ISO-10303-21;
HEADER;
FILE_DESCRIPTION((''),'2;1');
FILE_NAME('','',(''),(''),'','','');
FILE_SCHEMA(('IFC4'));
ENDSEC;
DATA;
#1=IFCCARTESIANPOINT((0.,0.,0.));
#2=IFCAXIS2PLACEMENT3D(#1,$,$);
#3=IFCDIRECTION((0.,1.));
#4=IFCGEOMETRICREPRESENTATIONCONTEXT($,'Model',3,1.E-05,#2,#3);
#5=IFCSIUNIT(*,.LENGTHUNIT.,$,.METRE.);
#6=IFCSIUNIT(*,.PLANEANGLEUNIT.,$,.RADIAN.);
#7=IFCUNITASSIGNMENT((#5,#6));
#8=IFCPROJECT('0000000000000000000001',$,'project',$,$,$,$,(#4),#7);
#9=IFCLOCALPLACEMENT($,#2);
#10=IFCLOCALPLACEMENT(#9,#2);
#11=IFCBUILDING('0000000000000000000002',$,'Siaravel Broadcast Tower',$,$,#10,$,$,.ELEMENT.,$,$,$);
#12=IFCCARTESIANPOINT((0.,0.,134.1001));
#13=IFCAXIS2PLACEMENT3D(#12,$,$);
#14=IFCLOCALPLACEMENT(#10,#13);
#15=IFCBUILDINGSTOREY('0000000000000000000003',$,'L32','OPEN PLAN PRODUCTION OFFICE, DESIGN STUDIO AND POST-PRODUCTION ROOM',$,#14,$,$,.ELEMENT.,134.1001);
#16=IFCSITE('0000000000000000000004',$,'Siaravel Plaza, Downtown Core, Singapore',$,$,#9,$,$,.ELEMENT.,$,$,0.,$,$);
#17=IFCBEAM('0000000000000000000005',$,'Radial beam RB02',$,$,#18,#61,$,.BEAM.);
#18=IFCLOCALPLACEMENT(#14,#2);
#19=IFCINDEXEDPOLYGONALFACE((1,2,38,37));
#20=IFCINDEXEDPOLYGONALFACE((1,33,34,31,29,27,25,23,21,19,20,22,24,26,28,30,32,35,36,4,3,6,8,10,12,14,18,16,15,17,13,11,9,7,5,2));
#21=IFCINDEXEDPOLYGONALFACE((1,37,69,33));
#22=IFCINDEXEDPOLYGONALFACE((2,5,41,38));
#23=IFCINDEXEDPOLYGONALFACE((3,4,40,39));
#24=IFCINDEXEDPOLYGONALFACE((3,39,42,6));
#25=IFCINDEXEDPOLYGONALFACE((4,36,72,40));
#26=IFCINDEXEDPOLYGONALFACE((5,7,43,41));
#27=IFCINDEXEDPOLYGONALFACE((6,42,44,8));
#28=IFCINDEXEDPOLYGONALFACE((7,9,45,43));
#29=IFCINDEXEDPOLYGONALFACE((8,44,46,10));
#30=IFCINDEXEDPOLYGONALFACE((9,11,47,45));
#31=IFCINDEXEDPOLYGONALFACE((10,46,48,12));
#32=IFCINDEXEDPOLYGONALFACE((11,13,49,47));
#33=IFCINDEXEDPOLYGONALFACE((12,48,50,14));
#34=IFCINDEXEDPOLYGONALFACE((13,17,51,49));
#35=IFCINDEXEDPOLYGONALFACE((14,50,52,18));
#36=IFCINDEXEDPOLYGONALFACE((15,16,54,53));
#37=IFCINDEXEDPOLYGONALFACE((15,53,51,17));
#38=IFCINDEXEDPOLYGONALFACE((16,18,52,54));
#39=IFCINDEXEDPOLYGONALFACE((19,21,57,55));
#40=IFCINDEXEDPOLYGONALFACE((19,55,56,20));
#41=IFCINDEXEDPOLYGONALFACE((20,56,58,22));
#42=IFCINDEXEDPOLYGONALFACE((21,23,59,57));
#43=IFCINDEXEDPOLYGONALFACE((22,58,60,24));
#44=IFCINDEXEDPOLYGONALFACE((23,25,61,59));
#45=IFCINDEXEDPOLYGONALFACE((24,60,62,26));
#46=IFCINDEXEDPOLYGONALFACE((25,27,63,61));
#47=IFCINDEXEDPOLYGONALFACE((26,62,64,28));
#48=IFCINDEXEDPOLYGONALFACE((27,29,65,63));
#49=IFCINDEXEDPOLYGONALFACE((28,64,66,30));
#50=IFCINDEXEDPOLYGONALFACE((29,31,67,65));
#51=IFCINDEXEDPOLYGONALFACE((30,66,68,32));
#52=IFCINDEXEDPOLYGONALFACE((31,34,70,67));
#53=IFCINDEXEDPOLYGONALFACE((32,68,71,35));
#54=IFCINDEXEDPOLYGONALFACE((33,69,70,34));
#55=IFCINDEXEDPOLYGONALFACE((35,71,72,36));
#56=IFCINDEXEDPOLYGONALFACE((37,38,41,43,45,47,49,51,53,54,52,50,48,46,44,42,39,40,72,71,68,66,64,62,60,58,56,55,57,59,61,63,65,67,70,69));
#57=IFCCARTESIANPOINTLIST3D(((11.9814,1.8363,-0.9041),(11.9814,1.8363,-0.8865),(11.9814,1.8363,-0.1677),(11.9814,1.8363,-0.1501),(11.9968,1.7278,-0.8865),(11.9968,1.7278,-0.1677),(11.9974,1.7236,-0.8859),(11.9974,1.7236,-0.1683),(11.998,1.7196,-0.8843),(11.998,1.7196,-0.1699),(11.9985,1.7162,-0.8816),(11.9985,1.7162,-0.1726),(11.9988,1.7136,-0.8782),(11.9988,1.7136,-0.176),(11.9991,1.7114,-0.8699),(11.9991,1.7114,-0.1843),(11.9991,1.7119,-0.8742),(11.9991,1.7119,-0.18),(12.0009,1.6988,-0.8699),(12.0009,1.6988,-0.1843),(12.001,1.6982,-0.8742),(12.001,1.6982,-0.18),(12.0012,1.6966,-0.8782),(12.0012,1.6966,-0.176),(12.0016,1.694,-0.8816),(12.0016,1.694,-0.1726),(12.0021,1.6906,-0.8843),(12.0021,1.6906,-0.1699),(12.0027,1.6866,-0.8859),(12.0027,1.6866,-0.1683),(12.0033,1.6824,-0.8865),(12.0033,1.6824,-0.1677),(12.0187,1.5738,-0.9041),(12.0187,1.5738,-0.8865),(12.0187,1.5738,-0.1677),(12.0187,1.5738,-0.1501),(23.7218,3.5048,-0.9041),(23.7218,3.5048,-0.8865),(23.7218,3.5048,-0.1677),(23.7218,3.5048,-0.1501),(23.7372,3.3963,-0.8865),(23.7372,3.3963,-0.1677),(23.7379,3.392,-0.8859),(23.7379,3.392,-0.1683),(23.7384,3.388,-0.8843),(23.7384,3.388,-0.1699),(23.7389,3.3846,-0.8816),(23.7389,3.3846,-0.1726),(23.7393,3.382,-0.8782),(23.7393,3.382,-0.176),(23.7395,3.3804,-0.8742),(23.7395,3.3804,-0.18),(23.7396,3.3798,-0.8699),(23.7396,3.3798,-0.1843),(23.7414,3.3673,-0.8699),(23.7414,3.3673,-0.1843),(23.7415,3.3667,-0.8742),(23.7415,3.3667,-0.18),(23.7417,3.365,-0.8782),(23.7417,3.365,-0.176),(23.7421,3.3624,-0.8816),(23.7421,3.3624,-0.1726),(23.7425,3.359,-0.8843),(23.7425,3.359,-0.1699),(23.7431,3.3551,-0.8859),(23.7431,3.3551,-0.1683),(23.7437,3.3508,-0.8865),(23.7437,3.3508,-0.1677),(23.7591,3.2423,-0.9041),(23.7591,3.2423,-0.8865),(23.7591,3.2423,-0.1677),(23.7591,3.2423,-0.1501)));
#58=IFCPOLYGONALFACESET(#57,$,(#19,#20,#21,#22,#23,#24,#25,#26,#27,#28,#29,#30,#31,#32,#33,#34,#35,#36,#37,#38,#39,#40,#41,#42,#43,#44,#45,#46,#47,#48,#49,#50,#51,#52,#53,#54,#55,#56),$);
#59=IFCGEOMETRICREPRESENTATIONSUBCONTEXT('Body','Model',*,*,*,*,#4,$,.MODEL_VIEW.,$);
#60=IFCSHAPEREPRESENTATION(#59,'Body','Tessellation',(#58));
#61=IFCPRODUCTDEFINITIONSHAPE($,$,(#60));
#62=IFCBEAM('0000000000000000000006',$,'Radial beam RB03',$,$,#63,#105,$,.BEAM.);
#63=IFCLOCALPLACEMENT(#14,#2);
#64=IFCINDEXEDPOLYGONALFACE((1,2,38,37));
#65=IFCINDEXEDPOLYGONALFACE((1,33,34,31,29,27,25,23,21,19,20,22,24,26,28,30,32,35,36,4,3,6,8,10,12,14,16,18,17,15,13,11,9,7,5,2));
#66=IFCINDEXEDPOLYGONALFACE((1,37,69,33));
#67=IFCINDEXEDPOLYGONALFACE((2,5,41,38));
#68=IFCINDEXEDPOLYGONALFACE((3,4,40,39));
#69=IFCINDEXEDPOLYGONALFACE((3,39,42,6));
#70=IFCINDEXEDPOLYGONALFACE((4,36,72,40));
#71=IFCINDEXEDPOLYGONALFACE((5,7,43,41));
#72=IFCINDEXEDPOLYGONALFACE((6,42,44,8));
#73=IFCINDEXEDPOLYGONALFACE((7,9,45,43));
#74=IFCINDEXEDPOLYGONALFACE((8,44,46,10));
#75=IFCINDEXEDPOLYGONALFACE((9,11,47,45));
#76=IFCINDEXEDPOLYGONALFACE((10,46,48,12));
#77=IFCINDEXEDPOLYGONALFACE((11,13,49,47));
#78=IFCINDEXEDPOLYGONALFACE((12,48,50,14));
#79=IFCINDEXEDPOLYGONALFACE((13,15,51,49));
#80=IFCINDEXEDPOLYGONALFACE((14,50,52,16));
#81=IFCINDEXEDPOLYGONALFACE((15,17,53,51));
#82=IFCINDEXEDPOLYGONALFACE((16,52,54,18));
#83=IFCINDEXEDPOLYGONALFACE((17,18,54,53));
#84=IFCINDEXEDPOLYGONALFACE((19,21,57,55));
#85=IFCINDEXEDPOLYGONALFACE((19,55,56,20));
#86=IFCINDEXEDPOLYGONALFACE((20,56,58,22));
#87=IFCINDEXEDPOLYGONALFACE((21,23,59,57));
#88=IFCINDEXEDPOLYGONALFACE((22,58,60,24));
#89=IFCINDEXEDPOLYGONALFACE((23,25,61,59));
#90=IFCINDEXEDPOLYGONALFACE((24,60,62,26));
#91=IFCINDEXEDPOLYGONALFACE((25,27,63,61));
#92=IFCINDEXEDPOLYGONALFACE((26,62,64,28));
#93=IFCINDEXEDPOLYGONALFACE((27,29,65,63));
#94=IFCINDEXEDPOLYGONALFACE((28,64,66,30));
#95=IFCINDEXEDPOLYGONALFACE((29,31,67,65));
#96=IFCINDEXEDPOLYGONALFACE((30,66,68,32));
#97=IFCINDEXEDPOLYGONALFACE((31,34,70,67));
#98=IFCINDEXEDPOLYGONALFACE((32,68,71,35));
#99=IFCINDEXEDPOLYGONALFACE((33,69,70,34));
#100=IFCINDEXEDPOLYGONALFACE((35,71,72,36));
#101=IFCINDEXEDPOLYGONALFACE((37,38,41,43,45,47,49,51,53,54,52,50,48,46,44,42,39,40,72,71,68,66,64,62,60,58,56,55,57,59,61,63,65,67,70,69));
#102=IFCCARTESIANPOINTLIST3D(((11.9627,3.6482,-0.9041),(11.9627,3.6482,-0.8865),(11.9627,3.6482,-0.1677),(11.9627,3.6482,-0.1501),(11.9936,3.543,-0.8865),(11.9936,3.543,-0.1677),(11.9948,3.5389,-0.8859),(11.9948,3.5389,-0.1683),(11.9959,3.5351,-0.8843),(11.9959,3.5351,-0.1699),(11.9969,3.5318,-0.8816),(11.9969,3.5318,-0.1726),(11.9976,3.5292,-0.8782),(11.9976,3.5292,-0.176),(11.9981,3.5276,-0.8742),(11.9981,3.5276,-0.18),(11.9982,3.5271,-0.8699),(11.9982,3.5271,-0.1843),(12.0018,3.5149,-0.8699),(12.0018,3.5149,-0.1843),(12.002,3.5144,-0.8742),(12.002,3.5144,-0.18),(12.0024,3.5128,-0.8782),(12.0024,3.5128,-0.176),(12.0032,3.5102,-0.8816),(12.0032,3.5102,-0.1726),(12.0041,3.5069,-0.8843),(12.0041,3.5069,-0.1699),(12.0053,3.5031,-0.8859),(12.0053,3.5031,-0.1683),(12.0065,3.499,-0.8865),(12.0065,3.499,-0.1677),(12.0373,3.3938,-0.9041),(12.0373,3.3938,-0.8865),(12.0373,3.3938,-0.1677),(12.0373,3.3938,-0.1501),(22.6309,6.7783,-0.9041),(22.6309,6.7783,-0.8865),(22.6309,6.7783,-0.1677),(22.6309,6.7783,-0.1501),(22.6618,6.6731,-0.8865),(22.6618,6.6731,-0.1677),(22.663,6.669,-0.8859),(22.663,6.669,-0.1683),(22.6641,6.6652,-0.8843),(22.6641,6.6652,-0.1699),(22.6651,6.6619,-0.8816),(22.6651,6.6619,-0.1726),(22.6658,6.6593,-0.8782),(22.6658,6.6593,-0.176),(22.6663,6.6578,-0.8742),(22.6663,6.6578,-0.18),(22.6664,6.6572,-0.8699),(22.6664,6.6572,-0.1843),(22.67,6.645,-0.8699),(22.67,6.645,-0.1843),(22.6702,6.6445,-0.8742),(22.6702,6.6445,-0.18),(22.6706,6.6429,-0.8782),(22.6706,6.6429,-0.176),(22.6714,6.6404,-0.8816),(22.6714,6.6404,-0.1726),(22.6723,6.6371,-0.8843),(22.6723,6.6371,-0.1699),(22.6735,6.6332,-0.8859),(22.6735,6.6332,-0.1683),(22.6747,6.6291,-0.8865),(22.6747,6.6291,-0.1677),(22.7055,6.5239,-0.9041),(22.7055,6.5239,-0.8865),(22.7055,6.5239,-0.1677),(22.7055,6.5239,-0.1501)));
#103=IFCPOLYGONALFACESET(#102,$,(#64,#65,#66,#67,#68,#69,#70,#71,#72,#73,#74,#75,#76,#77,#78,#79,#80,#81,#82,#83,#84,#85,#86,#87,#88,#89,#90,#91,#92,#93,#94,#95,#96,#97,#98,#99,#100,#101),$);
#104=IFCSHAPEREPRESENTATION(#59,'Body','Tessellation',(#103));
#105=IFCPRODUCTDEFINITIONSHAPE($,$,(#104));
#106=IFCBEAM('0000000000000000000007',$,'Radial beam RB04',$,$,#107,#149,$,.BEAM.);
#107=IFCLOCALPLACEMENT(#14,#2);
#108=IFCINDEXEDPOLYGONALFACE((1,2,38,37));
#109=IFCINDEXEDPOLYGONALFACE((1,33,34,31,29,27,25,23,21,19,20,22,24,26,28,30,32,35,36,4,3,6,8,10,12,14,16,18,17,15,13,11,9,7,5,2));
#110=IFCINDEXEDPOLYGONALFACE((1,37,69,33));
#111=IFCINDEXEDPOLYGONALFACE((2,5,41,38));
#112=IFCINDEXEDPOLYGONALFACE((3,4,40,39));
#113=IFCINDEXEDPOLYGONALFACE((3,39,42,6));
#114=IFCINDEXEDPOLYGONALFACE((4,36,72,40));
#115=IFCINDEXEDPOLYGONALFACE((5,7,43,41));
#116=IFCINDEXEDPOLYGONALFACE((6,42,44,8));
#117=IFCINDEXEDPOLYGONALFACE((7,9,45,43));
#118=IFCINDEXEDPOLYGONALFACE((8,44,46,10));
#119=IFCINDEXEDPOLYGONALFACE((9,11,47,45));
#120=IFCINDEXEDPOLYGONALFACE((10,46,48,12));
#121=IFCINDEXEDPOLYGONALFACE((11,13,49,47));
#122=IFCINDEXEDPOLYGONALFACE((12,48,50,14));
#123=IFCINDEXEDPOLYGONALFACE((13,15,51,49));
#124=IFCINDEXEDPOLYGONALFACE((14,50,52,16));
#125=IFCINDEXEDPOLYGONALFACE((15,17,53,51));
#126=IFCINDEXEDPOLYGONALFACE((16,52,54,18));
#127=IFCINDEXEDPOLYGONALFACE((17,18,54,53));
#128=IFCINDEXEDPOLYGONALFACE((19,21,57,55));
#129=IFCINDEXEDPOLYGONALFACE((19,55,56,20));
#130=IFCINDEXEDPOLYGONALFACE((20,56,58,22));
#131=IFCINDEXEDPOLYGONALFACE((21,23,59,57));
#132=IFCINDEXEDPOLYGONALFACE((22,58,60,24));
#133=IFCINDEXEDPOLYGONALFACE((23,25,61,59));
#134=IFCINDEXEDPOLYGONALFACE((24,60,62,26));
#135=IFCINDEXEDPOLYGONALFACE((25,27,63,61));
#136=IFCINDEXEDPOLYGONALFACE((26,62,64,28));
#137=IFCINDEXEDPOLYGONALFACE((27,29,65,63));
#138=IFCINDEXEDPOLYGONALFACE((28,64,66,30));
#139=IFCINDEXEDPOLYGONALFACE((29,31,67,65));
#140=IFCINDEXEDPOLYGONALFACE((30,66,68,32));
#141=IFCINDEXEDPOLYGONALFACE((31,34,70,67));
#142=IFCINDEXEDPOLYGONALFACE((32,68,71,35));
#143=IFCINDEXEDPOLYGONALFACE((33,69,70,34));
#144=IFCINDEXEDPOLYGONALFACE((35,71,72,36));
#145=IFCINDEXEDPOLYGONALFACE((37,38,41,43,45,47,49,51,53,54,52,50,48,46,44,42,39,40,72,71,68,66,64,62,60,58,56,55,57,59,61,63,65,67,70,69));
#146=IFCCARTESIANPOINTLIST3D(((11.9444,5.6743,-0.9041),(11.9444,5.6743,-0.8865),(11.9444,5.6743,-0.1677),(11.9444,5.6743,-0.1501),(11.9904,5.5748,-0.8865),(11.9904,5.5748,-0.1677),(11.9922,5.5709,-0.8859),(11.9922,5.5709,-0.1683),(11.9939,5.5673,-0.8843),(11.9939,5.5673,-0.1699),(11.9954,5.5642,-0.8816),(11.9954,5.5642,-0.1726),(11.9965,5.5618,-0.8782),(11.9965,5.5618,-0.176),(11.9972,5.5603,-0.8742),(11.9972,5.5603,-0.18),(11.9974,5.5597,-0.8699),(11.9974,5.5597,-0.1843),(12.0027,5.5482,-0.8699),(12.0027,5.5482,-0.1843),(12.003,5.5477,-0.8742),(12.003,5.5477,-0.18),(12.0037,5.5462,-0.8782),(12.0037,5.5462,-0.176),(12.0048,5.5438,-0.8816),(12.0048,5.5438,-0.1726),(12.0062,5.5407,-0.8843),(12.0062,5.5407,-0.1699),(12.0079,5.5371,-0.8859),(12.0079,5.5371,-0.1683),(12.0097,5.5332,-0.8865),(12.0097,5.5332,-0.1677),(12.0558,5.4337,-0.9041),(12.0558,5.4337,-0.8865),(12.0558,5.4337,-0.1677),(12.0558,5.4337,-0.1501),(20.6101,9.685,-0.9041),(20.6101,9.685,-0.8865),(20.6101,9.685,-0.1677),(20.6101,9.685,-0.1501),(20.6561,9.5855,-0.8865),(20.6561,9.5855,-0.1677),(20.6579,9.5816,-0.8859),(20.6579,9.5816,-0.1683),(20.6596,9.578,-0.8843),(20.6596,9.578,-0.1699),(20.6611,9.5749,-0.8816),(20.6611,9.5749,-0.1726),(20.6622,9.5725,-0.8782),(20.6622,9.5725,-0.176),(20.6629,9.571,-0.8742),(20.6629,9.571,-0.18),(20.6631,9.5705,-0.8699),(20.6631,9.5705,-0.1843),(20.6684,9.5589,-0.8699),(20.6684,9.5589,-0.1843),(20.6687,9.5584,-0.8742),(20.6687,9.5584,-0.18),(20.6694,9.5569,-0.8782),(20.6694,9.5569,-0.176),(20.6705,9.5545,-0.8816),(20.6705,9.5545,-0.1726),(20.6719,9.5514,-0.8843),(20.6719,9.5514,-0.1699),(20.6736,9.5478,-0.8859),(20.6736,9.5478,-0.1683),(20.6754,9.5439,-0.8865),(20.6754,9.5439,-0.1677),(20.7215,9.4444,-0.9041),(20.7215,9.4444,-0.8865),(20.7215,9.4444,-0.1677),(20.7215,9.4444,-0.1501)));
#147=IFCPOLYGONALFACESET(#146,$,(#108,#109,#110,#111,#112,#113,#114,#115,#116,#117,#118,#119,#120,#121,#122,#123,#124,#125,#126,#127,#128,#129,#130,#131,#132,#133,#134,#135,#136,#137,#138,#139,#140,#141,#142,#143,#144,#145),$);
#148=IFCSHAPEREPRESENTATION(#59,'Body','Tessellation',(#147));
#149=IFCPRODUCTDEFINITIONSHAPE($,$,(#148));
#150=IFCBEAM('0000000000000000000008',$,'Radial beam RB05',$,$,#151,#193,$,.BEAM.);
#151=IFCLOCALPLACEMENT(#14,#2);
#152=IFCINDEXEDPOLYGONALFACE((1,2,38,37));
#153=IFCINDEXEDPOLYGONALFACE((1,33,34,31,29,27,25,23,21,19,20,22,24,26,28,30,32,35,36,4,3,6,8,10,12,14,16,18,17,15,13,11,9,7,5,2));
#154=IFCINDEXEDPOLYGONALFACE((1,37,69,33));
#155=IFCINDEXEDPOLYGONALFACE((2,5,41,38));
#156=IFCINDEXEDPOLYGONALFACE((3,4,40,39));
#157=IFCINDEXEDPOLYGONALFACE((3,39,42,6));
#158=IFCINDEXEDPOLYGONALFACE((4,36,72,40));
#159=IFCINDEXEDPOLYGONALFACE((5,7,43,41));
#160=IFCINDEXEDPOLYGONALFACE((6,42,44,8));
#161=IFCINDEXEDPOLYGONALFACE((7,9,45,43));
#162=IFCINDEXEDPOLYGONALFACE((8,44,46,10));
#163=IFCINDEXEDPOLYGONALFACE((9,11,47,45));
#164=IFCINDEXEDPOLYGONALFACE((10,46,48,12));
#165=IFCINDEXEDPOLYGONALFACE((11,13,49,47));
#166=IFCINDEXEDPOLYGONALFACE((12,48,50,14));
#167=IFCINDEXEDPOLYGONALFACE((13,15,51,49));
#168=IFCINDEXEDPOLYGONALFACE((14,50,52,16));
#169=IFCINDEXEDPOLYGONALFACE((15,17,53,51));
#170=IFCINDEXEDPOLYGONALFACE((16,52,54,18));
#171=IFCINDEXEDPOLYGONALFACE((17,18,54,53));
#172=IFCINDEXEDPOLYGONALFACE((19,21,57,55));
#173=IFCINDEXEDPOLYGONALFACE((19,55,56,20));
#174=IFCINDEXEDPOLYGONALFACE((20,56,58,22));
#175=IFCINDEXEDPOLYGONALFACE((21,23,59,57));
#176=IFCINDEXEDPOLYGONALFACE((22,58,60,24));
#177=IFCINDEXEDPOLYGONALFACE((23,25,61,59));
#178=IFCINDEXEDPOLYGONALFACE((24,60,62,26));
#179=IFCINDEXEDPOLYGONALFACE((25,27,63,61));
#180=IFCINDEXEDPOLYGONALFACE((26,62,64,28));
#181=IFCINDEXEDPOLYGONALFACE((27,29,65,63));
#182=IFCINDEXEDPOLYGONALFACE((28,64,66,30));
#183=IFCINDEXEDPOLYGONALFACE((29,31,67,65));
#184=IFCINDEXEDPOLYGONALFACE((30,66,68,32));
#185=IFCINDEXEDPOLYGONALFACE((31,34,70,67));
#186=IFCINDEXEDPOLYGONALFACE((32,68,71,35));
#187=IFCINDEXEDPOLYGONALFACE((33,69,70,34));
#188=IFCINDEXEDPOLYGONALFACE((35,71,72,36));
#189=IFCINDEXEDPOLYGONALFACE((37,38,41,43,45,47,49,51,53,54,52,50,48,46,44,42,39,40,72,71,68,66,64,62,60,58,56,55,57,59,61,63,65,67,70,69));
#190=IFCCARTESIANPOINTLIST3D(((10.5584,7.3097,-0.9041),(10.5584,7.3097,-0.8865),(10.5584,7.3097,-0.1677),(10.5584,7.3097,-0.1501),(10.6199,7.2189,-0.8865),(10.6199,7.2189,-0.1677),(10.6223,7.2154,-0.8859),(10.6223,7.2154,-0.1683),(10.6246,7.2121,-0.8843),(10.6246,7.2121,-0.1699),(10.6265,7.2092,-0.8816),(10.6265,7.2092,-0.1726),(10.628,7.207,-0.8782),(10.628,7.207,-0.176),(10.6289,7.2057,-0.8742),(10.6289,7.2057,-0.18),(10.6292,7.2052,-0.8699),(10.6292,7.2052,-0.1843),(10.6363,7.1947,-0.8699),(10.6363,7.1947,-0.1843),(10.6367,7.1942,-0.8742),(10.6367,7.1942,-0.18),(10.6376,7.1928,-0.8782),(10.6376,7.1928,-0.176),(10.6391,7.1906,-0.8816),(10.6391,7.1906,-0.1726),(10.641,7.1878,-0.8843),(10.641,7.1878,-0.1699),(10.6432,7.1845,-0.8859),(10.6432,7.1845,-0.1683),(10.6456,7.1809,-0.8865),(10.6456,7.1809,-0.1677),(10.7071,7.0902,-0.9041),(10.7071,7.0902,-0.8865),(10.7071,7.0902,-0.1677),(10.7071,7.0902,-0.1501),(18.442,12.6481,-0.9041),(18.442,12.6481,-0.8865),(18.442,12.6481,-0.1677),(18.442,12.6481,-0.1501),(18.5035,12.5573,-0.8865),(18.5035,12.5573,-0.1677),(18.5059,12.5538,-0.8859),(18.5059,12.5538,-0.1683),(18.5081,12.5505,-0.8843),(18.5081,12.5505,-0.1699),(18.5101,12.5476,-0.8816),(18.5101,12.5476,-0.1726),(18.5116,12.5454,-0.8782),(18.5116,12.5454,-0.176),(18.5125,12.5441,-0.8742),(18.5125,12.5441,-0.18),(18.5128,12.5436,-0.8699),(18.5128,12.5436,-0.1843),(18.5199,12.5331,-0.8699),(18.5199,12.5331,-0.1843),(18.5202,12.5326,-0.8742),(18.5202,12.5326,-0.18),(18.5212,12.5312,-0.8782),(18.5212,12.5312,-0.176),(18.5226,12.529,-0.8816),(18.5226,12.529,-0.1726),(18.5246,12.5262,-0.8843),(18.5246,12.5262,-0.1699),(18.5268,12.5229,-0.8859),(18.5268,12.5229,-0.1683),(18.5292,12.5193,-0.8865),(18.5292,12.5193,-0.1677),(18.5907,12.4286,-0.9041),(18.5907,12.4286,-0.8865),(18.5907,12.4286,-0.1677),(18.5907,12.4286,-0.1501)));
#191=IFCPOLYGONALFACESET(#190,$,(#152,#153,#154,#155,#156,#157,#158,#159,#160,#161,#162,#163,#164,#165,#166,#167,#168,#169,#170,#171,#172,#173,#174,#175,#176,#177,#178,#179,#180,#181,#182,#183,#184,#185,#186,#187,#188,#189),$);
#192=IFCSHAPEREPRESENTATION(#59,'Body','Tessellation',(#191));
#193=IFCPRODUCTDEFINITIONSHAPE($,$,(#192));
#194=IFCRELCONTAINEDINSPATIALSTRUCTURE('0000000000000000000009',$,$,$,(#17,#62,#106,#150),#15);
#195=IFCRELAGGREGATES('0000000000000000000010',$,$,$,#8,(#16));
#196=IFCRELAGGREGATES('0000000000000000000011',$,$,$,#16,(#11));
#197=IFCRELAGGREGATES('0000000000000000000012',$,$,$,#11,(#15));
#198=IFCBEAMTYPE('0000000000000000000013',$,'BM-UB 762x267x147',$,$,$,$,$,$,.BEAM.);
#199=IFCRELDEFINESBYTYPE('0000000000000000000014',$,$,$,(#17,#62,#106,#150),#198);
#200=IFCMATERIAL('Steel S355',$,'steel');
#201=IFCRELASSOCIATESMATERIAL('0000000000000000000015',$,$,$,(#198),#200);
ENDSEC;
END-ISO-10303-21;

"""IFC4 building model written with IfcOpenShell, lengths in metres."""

from ifc_helpers import new_model, si_unit, direction, frame, origin, origin_2d, place, context, subcontext, project, spatial, i_section, extrude, material, material_profile, profile_set, type_object, element, save


model = new_model("IFC4")

# Units and contexts
model_context = context("Model", 3, precision=1e-05, world=origin(), true_north=direction((0.0, 1.0)))
body_context = subcontext(model_context, "Body", "Model", "MODEL_VIEW")
ifc_project = project(units=[si_unit("LENGTHUNIT", "METRE"), si_unit("PLANEANGLEUNIT", "RADIAN")], contexts=[model_context])

# Site, building, storey
site_placement = place(None, origin())
site = spatial("IfcSite", under=ifc_project, at=site_placement, Name="Siaravel Plaza, Downtown Core, Singapore", CompositionType="ELEMENT", RefElevation=0.0)
building_placement = place(site_placement, origin())
building = spatial("IfcBuilding", under=site, at=building_placement, Name="Siaravel Broadcast Tower", CompositionType="ELEMENT")
storey_placement = place(building_placement, frame((0.0, 0.0, 134.1001)))
storey = spatial("IfcBuildingStorey", under=building, at=storey_placement, Name="L32", Description="OPEN PLAN PRODUCTION OFFICE, DESIGN STUDIO AND POST-PRODUCTION ROOM", CompositionType="ELEMENT", Elevation=134.1001)

# Beams
ifc_material_1 = material(Name="Steel S355", Category="steel")
ifc_material_profile_1 = material_profile(ifc_material_1, i_section(OverallWidth=0.2651, OverallDepth=0.7539, WebThickness=0.0127, FlangeThickness=0.0176, FilletRadius=0.0166, at=origin_2d()))
ifc_profile_set_1 = profile_set([ifc_material_profile_1], Name="Steel S355")
beam_type = type_object("IfcBeamType", Name="BM-UB 762x267x147", PredefinedType="BEAM", material=ifc_profile_set_1)
beam_1_placement = place(storey_placement, frame((23.7405, 3.3735, -0.5271), z_axis=(-0.990053, -0.140698, 0.0), x_axis=(0.140698, -0.990053, 0.0)))
element("IfcBeam", 1, at=beam_1_placement, inside=storey, type_object=beam_type, Name="Radial beam RB02", PredefinedType="BEAM", context=body_context, shape_type="SweptSolid", body=[
    extrude(i_section(OverallWidth=0.2651, OverallDepth=0.7539, WebThickness=0.0127, FlangeThickness=0.0176, FilletRadius=0.0166, at=origin_2d()), origin(), (0.0, 0.0, 1.0), 11.8584),
])
beam_2_placement = place(storey_placement, frame((22.6682, 6.6511, -0.5271), z_axis=(-0.95955, -0.281539, 0.0), x_axis=(0.281539, -0.95955, 0.0)))
element("IfcBeam", 2, at=beam_2_placement, inside=storey, type_object=beam_type, Name="Radial beam RB03", PredefinedType="BEAM", context=body_context, shape_type="SweptSolid", body=[
    extrude(i_section(OverallWidth=0.2651, OverallDepth=0.7539, WebThickness=0.0127, FlangeThickness=0.0176, FilletRadius=0.0166, at=origin_2d()), origin(), (0.0, 0.0, 1.0), 11.1179),
])
beam_3_placement = place(storey_placement, frame((20.6658, 9.5647, -0.5271), z_axis=(-0.907514, -0.420021, 0.0), x_axis=(0.420021, -0.907514, 0.0)))
element("IfcBeam", 3, at=beam_3_placement, inside=storey, type_object=beam_type, Name="Radial beam RB04", PredefinedType="BEAM", context=body_context, shape_type="SweptSolid", body=[
    extrude(i_section(OverallWidth=0.2651, OverallDepth=0.7539, WebThickness=0.0127, FlangeThickness=0.0176, FilletRadius=0.0166, at=origin_2d()), origin(), (0.0, 0.0, 1.0), 9.5488),
])
beam_4_placement = place(storey_placement, frame((18.5164, 12.5383, -0.5271), z_axis=(-0.82802, -0.560698, 0.0), x_axis=(0.560698, -0.82802, 0.0)))
element("IfcBeam", 4, at=beam_4_placement, inside=storey, type_object=beam_type, Name="Radial beam RB05", PredefinedType="BEAM", context=body_context, shape_type="SweptSolid", body=[
    extrude(i_section(OverallWidth=0.2651, OverallDepth=0.7539, WebThickness=0.0127, FlangeThickness=0.0176, FilletRadius=0.0166, at=origin_2d()), origin(), (0.0, 0.0, 1.0), 9.521),
])

save(model, "model.ifc")
